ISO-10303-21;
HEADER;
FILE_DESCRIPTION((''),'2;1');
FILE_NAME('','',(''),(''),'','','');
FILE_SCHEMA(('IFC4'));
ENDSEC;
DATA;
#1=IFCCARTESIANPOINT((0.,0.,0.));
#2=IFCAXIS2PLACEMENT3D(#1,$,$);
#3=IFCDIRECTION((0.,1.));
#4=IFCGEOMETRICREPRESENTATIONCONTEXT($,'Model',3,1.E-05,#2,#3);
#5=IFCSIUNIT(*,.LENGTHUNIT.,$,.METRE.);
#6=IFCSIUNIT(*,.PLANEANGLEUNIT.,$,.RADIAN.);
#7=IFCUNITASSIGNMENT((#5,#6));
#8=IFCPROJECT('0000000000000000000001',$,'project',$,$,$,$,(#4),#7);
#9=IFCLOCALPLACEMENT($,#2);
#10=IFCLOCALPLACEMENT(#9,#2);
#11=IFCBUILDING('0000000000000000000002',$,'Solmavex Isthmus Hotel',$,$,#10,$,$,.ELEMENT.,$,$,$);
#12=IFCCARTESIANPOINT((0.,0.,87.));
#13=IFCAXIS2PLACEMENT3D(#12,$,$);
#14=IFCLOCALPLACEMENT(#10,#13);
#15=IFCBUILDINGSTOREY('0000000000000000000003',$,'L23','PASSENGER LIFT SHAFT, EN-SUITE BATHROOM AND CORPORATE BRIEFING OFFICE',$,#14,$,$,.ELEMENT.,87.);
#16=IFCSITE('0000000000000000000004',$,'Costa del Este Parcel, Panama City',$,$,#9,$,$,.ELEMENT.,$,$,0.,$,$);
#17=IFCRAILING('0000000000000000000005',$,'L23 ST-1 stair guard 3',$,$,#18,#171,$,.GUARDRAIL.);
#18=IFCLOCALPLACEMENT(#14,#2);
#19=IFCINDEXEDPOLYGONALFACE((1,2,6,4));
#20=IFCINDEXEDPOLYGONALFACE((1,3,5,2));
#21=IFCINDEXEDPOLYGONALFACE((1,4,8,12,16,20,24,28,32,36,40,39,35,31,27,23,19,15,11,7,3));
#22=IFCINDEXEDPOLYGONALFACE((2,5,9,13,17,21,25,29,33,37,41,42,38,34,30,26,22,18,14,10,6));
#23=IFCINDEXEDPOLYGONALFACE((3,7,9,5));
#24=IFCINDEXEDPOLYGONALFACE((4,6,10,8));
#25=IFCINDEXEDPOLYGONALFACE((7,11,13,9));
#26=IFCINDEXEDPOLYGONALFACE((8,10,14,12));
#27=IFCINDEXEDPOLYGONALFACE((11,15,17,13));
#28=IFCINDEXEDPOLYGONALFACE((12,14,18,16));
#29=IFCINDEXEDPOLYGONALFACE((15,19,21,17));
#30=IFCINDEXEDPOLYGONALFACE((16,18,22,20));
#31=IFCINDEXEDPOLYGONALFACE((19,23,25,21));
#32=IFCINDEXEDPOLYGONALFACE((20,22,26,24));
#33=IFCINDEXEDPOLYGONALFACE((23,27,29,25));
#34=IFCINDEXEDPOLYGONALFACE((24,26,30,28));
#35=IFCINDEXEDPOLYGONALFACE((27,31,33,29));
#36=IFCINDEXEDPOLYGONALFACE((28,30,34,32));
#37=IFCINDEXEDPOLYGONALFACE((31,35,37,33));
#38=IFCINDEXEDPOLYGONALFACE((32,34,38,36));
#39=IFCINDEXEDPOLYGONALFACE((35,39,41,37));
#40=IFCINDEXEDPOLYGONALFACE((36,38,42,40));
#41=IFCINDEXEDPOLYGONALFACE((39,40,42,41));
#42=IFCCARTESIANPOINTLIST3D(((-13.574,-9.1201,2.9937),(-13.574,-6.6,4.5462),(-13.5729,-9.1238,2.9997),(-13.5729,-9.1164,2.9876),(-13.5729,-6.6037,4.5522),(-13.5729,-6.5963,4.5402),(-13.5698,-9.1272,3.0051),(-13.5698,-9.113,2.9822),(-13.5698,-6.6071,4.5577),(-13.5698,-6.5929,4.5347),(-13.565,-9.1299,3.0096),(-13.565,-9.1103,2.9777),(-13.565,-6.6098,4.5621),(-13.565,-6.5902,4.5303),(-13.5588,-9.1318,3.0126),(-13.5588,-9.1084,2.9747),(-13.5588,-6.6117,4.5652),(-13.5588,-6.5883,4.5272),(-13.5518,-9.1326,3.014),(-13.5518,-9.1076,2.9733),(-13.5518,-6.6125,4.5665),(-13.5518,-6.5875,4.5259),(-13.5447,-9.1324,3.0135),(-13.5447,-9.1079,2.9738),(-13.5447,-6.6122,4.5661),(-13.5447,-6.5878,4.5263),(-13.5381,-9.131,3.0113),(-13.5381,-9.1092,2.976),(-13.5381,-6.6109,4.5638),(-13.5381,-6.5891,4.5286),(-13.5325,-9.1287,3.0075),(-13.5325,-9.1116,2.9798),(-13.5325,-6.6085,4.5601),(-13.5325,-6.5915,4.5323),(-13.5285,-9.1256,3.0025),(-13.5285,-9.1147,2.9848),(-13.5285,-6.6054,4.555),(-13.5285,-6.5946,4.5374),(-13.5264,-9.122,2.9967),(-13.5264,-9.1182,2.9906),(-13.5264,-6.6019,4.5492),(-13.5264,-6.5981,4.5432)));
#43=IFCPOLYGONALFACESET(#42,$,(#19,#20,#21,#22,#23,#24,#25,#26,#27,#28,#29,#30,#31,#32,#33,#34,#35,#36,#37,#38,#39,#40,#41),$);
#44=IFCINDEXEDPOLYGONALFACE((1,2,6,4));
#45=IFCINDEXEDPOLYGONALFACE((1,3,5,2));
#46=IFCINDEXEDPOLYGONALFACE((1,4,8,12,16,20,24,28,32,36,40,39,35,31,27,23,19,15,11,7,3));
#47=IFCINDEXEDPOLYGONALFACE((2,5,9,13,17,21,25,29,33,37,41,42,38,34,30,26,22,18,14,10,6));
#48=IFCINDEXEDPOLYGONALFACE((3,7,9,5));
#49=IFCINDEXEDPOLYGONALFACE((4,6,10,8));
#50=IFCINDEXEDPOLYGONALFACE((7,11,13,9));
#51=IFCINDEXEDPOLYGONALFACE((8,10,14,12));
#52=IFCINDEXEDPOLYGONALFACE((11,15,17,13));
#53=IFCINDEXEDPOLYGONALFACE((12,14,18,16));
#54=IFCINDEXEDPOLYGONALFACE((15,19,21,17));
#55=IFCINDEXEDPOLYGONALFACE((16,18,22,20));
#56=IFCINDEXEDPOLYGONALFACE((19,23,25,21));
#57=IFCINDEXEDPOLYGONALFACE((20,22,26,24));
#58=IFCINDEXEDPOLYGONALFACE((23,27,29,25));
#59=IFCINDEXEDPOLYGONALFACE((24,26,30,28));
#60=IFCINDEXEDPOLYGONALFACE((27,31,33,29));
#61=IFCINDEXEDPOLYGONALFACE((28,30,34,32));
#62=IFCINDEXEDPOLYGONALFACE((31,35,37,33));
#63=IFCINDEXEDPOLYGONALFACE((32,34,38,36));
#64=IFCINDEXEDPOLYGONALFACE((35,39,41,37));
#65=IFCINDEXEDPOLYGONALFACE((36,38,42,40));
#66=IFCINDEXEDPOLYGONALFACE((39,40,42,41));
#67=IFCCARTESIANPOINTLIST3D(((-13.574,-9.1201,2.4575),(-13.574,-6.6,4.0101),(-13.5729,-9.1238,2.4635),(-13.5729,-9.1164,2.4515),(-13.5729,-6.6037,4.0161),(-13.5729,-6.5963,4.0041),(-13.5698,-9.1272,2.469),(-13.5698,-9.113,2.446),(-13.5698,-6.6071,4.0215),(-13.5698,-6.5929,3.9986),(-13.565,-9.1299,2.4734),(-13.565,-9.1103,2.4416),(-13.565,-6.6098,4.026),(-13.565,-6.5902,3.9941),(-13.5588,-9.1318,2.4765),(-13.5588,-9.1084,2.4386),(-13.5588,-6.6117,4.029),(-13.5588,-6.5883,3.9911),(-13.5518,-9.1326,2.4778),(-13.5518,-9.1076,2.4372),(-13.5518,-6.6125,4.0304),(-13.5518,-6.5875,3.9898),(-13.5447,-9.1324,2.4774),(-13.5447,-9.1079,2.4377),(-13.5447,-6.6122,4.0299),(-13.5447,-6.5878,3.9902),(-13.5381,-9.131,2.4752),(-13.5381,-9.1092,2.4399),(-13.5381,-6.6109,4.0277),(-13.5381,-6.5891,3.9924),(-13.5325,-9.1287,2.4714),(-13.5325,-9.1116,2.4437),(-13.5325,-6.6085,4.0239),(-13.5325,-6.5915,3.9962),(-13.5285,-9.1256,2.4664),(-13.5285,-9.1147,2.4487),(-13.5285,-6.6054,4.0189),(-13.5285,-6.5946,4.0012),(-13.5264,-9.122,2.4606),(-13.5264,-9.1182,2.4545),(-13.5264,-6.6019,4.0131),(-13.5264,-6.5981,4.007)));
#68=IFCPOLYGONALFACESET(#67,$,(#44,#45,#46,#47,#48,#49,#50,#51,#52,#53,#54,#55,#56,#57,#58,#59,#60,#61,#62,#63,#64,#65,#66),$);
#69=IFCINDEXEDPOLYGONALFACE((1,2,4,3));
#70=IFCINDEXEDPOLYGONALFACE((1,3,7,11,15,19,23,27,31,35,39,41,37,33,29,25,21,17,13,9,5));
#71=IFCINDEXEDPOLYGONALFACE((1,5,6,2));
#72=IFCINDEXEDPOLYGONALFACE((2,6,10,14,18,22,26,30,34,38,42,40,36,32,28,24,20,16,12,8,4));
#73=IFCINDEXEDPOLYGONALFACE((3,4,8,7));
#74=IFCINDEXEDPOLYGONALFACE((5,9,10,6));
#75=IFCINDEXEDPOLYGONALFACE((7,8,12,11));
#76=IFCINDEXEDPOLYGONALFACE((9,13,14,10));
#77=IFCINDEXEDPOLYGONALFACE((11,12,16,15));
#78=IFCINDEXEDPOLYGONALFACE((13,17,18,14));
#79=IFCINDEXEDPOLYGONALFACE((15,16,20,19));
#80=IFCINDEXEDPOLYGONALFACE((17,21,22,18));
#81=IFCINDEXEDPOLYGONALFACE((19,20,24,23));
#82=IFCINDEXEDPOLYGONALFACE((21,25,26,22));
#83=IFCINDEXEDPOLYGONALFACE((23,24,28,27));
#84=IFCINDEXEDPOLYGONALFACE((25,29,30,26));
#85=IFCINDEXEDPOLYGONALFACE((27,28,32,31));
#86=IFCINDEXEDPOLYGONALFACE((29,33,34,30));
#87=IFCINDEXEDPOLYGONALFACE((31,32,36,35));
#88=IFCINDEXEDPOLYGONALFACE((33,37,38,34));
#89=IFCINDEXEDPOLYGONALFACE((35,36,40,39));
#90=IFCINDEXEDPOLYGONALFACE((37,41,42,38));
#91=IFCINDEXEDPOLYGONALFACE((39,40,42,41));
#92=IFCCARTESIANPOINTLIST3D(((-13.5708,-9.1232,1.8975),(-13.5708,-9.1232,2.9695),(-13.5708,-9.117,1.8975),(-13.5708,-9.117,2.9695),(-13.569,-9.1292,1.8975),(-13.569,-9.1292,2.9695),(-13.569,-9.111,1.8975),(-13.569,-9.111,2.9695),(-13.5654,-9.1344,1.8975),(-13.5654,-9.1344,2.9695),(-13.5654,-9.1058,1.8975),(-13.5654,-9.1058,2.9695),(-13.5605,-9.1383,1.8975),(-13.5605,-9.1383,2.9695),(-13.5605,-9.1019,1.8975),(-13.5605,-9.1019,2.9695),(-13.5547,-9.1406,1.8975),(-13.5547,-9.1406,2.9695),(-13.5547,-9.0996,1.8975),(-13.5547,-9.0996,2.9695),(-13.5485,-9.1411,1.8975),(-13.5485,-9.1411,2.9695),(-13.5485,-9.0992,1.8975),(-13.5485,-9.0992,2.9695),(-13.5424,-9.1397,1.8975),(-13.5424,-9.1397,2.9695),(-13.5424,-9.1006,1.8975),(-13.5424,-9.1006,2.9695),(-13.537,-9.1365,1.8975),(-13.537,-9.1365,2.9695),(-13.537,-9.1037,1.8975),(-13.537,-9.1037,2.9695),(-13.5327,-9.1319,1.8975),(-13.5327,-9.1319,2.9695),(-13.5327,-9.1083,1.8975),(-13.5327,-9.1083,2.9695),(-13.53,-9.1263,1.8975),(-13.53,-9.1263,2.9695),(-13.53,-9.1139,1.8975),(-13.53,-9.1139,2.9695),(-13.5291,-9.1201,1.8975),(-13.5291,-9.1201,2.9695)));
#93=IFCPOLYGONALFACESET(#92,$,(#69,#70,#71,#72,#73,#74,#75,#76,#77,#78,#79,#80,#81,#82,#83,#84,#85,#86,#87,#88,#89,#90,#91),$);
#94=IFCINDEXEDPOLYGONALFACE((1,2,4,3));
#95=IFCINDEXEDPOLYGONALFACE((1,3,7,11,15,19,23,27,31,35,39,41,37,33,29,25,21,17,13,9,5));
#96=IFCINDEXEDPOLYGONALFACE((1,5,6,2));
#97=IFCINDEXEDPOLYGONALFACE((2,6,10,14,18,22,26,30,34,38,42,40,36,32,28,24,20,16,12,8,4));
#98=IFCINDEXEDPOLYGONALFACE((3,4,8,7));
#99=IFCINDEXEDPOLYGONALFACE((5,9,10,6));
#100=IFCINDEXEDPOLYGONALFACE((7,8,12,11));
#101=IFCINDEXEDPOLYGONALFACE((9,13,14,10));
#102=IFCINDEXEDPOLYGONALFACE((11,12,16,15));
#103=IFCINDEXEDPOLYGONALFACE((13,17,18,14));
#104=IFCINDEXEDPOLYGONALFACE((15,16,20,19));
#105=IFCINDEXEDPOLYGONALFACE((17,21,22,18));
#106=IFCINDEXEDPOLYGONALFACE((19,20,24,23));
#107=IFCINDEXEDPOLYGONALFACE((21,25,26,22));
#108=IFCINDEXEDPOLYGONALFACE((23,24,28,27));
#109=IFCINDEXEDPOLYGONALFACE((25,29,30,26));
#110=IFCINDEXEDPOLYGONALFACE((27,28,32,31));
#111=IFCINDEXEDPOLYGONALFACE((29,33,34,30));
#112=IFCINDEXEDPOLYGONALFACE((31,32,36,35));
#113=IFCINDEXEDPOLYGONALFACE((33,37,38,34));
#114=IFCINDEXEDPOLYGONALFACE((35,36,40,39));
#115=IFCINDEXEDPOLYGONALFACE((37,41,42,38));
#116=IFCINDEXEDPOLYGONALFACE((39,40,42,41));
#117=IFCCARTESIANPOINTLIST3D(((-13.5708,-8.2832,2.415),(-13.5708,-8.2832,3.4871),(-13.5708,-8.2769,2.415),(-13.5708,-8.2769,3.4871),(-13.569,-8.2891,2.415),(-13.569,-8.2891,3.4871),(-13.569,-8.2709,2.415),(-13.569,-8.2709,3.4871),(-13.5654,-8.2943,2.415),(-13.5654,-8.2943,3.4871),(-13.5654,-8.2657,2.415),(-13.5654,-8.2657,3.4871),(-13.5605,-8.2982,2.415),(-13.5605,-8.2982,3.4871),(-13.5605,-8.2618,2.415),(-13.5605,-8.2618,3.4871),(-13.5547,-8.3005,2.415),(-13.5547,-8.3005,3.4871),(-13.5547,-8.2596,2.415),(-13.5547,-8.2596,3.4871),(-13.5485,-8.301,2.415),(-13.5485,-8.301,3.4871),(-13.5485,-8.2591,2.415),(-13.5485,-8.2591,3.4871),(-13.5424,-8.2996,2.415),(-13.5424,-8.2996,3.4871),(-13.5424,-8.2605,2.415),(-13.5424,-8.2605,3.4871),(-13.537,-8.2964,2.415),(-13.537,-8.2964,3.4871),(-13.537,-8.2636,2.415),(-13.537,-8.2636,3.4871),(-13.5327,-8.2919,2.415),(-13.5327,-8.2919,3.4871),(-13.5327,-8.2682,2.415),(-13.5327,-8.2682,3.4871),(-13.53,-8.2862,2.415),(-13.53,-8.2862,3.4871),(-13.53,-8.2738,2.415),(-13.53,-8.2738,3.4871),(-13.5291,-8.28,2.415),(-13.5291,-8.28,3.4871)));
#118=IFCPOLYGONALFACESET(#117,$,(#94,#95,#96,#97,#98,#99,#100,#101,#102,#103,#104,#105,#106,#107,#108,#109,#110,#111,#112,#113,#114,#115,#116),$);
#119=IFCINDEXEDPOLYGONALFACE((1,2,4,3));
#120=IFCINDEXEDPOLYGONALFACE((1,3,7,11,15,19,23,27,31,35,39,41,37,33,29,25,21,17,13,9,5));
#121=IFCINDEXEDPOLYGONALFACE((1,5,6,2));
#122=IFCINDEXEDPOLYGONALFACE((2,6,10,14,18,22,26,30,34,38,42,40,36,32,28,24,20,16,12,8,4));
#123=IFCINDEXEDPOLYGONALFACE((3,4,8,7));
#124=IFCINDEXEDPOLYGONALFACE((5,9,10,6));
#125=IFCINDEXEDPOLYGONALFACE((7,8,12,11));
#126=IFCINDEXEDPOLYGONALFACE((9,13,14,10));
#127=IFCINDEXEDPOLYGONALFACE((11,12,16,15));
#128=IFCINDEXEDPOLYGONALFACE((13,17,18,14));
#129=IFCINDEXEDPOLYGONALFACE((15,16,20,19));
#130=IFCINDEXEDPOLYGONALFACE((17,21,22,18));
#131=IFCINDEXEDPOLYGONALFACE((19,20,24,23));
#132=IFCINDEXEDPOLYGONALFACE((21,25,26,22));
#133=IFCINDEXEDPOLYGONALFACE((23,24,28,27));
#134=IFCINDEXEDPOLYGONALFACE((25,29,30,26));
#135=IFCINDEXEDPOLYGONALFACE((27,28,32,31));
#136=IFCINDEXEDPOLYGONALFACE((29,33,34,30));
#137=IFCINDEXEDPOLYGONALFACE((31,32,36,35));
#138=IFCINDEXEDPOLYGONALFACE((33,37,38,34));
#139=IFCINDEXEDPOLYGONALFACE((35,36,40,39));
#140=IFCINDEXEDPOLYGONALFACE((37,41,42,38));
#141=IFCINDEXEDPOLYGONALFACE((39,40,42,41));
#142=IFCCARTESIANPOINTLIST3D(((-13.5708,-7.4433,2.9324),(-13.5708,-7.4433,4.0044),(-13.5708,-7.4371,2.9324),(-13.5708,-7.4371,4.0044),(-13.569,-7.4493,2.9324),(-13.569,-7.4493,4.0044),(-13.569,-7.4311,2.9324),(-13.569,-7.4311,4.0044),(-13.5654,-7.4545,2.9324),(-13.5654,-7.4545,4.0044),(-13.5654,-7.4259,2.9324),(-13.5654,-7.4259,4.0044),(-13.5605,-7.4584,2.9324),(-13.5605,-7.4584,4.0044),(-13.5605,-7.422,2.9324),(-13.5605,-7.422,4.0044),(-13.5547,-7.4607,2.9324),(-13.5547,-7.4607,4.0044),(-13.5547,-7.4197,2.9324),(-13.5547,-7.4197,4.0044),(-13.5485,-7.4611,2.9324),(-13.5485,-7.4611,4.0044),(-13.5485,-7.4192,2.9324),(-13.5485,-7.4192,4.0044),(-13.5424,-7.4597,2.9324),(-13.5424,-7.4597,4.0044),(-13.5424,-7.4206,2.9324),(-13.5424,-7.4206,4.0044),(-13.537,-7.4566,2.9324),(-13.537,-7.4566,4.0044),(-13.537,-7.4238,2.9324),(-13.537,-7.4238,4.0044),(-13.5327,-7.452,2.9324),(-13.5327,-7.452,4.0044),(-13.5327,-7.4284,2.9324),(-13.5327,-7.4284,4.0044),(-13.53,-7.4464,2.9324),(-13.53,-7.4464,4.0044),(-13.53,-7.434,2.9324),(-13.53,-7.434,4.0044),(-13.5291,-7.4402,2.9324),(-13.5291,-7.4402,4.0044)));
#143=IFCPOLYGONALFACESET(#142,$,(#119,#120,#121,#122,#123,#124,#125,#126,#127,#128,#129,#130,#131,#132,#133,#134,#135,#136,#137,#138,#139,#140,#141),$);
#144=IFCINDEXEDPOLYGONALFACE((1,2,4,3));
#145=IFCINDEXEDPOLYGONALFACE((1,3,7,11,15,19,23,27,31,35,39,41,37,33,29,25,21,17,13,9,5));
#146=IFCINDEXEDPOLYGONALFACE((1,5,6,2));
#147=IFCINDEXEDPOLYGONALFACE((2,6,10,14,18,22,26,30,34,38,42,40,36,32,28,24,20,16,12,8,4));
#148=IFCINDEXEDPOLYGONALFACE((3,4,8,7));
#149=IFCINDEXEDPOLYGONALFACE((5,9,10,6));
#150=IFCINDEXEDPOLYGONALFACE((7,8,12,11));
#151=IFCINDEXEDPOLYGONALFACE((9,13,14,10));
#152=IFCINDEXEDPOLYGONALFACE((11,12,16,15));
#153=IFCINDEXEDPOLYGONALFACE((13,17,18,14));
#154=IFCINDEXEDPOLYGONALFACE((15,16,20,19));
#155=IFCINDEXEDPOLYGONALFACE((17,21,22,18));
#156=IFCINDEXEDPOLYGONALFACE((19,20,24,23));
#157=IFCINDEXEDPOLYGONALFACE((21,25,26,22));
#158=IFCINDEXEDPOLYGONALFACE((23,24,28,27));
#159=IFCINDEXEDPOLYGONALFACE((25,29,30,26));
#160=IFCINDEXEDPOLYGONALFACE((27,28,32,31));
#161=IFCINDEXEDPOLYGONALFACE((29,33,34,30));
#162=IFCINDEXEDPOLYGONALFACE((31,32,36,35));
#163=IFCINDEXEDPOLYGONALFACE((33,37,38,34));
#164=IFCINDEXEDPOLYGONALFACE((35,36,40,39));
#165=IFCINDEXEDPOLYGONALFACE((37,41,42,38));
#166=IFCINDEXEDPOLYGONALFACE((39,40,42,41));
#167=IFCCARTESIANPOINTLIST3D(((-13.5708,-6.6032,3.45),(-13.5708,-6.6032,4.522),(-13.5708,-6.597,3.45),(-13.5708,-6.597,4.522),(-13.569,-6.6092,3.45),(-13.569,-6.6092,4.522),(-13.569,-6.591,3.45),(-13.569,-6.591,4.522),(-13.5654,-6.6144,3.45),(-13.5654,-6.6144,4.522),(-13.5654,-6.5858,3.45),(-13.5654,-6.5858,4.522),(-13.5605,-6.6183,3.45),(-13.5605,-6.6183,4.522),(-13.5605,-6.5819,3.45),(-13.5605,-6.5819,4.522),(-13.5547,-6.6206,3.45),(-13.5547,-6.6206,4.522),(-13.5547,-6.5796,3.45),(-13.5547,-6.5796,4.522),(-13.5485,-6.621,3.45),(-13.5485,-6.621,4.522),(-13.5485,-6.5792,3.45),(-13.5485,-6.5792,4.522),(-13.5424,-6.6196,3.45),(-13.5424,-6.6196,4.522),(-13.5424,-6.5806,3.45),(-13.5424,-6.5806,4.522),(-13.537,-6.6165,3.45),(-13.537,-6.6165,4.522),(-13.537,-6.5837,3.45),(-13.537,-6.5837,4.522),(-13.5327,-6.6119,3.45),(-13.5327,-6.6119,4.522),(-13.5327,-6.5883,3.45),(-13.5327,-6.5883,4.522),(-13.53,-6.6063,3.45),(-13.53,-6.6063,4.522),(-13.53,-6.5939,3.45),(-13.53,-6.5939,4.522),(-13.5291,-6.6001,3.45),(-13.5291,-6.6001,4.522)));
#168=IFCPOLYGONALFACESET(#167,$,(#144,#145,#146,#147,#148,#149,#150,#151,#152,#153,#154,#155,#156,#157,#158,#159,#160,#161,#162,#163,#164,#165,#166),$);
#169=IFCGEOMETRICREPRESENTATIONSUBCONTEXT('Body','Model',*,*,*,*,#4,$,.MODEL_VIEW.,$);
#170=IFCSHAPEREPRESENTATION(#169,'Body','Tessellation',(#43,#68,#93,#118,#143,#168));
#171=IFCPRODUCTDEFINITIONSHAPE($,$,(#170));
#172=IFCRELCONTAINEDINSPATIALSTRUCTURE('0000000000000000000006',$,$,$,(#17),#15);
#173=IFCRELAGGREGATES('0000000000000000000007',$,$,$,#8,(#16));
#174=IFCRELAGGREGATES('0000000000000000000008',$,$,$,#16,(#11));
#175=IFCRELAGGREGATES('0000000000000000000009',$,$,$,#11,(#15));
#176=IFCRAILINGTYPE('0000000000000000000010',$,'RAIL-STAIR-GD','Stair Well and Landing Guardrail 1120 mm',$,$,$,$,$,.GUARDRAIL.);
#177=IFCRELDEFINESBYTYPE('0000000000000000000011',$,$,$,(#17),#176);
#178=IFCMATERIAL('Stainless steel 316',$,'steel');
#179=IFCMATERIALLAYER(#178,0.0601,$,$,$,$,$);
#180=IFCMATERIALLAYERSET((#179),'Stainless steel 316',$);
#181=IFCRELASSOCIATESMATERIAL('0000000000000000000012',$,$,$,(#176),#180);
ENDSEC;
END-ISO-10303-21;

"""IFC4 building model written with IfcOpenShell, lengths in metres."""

from ifc_helpers import new_model, si_unit, direction, frame, origin, origin_2d, place, context, subcontext, project, spatial, circle, extrude, material, layer, layer_set, type_object, element, save


model = new_model("IFC4")

# Units and contexts
model_context = context("Model", 3, precision=1e-05, world=origin(), true_north=direction((0.0, 1.0)))
body_context = subcontext(model_context, "Body", "Model", "MODEL_VIEW")
ifc_project = project(units=[si_unit("LENGTHUNIT", "METRE"), si_unit("PLANEANGLEUNIT", "RADIAN")], contexts=[model_context])

# Site, building, storey
site_placement = place(None, origin())
site = spatial("IfcSite", under=ifc_project, at=site_placement, Name="Costa del Este Parcel, Panama City", CompositionType="ELEMENT", RefElevation=0.0)
building_placement = place(site_placement, origin())
building = spatial("IfcBuilding", under=site, at=building_placement, Name="Solmavex Isthmus Hotel", CompositionType="ELEMENT")
storey_placement = place(building_placement, frame((0.0, 0.0, 87.0)))
storey = spatial("IfcBuildingStorey", under=building, at=storey_placement, Name="L23", Description="PASSENGER LIFT SHAFT, EN-SUITE BATHROOM AND CORPORATE BRIEFING OFFICE", CompositionType="ELEMENT", Elevation=87.0)

# Railing
ifc_material_1 = material(Name="Stainless steel 316", Category="steel")
ifc_layer_1 = layer(ifc_material_1, 0.0601)
ifc_layer_set_1 = layer_set([ifc_layer_1], Name="Stainless steel 316")
railing_type = type_object("IfcRailingType", Name="RAIL-STAIR-GD", Description="Stair Well and Landing Guardrail 1120 mm", PredefinedType="GUARDRAIL", material=ifc_layer_set_1)
railing_1_placement = place(storey_placement, frame((-13.55, -9.1201, 1.8975)))
element("IfcRailing", 1, at=railing_1_placement, inside=storey, type_object=railing_type, Name="L23 ST-1 stair guard 3", PredefinedType="GUARDRAIL", context=body_context, shape_type="SweptSolid", body=[
    extrude(circle(Radius=0.0239, at=origin_2d()), frame((0.0, 0.0, 1.0962), z_axis=(0.0, 0.8514, 0.524516), x_axis=(-1.0, 0.0, 0.0)), (0.0, 0.0, 1.0), 2.96),
    extrude(circle(Radius=0.0239, at=origin_2d()), frame((0.0, 0.0, 0.5601), z_axis=(0.0, 0.8514, 0.524516), x_axis=(-1.0, 0.0, 0.0)), (0.0, 0.0, 1.0), 2.96),
    extrude(circle(Radius=0.021, at=origin_2d()), origin(), (0.0, 0.0, 1.0), 1.072),
    extrude(circle(Radius=0.021, at=origin_2d()), frame((0.0, 0.8401, 0.5176)), (0.0, 0.0, 1.0), 1.072),
    extrude(circle(Radius=0.021, at=origin_2d()), frame((0.0, 1.6799, 1.0349)), (0.0, 0.0, 1.0), 1.072),
    extrude(circle(Radius=0.021, at=origin_2d()), frame((0.0, 2.52, 1.5525)), (0.0, 0.0, 1.0), 1.072),
])

save(model, "model.ifc")
